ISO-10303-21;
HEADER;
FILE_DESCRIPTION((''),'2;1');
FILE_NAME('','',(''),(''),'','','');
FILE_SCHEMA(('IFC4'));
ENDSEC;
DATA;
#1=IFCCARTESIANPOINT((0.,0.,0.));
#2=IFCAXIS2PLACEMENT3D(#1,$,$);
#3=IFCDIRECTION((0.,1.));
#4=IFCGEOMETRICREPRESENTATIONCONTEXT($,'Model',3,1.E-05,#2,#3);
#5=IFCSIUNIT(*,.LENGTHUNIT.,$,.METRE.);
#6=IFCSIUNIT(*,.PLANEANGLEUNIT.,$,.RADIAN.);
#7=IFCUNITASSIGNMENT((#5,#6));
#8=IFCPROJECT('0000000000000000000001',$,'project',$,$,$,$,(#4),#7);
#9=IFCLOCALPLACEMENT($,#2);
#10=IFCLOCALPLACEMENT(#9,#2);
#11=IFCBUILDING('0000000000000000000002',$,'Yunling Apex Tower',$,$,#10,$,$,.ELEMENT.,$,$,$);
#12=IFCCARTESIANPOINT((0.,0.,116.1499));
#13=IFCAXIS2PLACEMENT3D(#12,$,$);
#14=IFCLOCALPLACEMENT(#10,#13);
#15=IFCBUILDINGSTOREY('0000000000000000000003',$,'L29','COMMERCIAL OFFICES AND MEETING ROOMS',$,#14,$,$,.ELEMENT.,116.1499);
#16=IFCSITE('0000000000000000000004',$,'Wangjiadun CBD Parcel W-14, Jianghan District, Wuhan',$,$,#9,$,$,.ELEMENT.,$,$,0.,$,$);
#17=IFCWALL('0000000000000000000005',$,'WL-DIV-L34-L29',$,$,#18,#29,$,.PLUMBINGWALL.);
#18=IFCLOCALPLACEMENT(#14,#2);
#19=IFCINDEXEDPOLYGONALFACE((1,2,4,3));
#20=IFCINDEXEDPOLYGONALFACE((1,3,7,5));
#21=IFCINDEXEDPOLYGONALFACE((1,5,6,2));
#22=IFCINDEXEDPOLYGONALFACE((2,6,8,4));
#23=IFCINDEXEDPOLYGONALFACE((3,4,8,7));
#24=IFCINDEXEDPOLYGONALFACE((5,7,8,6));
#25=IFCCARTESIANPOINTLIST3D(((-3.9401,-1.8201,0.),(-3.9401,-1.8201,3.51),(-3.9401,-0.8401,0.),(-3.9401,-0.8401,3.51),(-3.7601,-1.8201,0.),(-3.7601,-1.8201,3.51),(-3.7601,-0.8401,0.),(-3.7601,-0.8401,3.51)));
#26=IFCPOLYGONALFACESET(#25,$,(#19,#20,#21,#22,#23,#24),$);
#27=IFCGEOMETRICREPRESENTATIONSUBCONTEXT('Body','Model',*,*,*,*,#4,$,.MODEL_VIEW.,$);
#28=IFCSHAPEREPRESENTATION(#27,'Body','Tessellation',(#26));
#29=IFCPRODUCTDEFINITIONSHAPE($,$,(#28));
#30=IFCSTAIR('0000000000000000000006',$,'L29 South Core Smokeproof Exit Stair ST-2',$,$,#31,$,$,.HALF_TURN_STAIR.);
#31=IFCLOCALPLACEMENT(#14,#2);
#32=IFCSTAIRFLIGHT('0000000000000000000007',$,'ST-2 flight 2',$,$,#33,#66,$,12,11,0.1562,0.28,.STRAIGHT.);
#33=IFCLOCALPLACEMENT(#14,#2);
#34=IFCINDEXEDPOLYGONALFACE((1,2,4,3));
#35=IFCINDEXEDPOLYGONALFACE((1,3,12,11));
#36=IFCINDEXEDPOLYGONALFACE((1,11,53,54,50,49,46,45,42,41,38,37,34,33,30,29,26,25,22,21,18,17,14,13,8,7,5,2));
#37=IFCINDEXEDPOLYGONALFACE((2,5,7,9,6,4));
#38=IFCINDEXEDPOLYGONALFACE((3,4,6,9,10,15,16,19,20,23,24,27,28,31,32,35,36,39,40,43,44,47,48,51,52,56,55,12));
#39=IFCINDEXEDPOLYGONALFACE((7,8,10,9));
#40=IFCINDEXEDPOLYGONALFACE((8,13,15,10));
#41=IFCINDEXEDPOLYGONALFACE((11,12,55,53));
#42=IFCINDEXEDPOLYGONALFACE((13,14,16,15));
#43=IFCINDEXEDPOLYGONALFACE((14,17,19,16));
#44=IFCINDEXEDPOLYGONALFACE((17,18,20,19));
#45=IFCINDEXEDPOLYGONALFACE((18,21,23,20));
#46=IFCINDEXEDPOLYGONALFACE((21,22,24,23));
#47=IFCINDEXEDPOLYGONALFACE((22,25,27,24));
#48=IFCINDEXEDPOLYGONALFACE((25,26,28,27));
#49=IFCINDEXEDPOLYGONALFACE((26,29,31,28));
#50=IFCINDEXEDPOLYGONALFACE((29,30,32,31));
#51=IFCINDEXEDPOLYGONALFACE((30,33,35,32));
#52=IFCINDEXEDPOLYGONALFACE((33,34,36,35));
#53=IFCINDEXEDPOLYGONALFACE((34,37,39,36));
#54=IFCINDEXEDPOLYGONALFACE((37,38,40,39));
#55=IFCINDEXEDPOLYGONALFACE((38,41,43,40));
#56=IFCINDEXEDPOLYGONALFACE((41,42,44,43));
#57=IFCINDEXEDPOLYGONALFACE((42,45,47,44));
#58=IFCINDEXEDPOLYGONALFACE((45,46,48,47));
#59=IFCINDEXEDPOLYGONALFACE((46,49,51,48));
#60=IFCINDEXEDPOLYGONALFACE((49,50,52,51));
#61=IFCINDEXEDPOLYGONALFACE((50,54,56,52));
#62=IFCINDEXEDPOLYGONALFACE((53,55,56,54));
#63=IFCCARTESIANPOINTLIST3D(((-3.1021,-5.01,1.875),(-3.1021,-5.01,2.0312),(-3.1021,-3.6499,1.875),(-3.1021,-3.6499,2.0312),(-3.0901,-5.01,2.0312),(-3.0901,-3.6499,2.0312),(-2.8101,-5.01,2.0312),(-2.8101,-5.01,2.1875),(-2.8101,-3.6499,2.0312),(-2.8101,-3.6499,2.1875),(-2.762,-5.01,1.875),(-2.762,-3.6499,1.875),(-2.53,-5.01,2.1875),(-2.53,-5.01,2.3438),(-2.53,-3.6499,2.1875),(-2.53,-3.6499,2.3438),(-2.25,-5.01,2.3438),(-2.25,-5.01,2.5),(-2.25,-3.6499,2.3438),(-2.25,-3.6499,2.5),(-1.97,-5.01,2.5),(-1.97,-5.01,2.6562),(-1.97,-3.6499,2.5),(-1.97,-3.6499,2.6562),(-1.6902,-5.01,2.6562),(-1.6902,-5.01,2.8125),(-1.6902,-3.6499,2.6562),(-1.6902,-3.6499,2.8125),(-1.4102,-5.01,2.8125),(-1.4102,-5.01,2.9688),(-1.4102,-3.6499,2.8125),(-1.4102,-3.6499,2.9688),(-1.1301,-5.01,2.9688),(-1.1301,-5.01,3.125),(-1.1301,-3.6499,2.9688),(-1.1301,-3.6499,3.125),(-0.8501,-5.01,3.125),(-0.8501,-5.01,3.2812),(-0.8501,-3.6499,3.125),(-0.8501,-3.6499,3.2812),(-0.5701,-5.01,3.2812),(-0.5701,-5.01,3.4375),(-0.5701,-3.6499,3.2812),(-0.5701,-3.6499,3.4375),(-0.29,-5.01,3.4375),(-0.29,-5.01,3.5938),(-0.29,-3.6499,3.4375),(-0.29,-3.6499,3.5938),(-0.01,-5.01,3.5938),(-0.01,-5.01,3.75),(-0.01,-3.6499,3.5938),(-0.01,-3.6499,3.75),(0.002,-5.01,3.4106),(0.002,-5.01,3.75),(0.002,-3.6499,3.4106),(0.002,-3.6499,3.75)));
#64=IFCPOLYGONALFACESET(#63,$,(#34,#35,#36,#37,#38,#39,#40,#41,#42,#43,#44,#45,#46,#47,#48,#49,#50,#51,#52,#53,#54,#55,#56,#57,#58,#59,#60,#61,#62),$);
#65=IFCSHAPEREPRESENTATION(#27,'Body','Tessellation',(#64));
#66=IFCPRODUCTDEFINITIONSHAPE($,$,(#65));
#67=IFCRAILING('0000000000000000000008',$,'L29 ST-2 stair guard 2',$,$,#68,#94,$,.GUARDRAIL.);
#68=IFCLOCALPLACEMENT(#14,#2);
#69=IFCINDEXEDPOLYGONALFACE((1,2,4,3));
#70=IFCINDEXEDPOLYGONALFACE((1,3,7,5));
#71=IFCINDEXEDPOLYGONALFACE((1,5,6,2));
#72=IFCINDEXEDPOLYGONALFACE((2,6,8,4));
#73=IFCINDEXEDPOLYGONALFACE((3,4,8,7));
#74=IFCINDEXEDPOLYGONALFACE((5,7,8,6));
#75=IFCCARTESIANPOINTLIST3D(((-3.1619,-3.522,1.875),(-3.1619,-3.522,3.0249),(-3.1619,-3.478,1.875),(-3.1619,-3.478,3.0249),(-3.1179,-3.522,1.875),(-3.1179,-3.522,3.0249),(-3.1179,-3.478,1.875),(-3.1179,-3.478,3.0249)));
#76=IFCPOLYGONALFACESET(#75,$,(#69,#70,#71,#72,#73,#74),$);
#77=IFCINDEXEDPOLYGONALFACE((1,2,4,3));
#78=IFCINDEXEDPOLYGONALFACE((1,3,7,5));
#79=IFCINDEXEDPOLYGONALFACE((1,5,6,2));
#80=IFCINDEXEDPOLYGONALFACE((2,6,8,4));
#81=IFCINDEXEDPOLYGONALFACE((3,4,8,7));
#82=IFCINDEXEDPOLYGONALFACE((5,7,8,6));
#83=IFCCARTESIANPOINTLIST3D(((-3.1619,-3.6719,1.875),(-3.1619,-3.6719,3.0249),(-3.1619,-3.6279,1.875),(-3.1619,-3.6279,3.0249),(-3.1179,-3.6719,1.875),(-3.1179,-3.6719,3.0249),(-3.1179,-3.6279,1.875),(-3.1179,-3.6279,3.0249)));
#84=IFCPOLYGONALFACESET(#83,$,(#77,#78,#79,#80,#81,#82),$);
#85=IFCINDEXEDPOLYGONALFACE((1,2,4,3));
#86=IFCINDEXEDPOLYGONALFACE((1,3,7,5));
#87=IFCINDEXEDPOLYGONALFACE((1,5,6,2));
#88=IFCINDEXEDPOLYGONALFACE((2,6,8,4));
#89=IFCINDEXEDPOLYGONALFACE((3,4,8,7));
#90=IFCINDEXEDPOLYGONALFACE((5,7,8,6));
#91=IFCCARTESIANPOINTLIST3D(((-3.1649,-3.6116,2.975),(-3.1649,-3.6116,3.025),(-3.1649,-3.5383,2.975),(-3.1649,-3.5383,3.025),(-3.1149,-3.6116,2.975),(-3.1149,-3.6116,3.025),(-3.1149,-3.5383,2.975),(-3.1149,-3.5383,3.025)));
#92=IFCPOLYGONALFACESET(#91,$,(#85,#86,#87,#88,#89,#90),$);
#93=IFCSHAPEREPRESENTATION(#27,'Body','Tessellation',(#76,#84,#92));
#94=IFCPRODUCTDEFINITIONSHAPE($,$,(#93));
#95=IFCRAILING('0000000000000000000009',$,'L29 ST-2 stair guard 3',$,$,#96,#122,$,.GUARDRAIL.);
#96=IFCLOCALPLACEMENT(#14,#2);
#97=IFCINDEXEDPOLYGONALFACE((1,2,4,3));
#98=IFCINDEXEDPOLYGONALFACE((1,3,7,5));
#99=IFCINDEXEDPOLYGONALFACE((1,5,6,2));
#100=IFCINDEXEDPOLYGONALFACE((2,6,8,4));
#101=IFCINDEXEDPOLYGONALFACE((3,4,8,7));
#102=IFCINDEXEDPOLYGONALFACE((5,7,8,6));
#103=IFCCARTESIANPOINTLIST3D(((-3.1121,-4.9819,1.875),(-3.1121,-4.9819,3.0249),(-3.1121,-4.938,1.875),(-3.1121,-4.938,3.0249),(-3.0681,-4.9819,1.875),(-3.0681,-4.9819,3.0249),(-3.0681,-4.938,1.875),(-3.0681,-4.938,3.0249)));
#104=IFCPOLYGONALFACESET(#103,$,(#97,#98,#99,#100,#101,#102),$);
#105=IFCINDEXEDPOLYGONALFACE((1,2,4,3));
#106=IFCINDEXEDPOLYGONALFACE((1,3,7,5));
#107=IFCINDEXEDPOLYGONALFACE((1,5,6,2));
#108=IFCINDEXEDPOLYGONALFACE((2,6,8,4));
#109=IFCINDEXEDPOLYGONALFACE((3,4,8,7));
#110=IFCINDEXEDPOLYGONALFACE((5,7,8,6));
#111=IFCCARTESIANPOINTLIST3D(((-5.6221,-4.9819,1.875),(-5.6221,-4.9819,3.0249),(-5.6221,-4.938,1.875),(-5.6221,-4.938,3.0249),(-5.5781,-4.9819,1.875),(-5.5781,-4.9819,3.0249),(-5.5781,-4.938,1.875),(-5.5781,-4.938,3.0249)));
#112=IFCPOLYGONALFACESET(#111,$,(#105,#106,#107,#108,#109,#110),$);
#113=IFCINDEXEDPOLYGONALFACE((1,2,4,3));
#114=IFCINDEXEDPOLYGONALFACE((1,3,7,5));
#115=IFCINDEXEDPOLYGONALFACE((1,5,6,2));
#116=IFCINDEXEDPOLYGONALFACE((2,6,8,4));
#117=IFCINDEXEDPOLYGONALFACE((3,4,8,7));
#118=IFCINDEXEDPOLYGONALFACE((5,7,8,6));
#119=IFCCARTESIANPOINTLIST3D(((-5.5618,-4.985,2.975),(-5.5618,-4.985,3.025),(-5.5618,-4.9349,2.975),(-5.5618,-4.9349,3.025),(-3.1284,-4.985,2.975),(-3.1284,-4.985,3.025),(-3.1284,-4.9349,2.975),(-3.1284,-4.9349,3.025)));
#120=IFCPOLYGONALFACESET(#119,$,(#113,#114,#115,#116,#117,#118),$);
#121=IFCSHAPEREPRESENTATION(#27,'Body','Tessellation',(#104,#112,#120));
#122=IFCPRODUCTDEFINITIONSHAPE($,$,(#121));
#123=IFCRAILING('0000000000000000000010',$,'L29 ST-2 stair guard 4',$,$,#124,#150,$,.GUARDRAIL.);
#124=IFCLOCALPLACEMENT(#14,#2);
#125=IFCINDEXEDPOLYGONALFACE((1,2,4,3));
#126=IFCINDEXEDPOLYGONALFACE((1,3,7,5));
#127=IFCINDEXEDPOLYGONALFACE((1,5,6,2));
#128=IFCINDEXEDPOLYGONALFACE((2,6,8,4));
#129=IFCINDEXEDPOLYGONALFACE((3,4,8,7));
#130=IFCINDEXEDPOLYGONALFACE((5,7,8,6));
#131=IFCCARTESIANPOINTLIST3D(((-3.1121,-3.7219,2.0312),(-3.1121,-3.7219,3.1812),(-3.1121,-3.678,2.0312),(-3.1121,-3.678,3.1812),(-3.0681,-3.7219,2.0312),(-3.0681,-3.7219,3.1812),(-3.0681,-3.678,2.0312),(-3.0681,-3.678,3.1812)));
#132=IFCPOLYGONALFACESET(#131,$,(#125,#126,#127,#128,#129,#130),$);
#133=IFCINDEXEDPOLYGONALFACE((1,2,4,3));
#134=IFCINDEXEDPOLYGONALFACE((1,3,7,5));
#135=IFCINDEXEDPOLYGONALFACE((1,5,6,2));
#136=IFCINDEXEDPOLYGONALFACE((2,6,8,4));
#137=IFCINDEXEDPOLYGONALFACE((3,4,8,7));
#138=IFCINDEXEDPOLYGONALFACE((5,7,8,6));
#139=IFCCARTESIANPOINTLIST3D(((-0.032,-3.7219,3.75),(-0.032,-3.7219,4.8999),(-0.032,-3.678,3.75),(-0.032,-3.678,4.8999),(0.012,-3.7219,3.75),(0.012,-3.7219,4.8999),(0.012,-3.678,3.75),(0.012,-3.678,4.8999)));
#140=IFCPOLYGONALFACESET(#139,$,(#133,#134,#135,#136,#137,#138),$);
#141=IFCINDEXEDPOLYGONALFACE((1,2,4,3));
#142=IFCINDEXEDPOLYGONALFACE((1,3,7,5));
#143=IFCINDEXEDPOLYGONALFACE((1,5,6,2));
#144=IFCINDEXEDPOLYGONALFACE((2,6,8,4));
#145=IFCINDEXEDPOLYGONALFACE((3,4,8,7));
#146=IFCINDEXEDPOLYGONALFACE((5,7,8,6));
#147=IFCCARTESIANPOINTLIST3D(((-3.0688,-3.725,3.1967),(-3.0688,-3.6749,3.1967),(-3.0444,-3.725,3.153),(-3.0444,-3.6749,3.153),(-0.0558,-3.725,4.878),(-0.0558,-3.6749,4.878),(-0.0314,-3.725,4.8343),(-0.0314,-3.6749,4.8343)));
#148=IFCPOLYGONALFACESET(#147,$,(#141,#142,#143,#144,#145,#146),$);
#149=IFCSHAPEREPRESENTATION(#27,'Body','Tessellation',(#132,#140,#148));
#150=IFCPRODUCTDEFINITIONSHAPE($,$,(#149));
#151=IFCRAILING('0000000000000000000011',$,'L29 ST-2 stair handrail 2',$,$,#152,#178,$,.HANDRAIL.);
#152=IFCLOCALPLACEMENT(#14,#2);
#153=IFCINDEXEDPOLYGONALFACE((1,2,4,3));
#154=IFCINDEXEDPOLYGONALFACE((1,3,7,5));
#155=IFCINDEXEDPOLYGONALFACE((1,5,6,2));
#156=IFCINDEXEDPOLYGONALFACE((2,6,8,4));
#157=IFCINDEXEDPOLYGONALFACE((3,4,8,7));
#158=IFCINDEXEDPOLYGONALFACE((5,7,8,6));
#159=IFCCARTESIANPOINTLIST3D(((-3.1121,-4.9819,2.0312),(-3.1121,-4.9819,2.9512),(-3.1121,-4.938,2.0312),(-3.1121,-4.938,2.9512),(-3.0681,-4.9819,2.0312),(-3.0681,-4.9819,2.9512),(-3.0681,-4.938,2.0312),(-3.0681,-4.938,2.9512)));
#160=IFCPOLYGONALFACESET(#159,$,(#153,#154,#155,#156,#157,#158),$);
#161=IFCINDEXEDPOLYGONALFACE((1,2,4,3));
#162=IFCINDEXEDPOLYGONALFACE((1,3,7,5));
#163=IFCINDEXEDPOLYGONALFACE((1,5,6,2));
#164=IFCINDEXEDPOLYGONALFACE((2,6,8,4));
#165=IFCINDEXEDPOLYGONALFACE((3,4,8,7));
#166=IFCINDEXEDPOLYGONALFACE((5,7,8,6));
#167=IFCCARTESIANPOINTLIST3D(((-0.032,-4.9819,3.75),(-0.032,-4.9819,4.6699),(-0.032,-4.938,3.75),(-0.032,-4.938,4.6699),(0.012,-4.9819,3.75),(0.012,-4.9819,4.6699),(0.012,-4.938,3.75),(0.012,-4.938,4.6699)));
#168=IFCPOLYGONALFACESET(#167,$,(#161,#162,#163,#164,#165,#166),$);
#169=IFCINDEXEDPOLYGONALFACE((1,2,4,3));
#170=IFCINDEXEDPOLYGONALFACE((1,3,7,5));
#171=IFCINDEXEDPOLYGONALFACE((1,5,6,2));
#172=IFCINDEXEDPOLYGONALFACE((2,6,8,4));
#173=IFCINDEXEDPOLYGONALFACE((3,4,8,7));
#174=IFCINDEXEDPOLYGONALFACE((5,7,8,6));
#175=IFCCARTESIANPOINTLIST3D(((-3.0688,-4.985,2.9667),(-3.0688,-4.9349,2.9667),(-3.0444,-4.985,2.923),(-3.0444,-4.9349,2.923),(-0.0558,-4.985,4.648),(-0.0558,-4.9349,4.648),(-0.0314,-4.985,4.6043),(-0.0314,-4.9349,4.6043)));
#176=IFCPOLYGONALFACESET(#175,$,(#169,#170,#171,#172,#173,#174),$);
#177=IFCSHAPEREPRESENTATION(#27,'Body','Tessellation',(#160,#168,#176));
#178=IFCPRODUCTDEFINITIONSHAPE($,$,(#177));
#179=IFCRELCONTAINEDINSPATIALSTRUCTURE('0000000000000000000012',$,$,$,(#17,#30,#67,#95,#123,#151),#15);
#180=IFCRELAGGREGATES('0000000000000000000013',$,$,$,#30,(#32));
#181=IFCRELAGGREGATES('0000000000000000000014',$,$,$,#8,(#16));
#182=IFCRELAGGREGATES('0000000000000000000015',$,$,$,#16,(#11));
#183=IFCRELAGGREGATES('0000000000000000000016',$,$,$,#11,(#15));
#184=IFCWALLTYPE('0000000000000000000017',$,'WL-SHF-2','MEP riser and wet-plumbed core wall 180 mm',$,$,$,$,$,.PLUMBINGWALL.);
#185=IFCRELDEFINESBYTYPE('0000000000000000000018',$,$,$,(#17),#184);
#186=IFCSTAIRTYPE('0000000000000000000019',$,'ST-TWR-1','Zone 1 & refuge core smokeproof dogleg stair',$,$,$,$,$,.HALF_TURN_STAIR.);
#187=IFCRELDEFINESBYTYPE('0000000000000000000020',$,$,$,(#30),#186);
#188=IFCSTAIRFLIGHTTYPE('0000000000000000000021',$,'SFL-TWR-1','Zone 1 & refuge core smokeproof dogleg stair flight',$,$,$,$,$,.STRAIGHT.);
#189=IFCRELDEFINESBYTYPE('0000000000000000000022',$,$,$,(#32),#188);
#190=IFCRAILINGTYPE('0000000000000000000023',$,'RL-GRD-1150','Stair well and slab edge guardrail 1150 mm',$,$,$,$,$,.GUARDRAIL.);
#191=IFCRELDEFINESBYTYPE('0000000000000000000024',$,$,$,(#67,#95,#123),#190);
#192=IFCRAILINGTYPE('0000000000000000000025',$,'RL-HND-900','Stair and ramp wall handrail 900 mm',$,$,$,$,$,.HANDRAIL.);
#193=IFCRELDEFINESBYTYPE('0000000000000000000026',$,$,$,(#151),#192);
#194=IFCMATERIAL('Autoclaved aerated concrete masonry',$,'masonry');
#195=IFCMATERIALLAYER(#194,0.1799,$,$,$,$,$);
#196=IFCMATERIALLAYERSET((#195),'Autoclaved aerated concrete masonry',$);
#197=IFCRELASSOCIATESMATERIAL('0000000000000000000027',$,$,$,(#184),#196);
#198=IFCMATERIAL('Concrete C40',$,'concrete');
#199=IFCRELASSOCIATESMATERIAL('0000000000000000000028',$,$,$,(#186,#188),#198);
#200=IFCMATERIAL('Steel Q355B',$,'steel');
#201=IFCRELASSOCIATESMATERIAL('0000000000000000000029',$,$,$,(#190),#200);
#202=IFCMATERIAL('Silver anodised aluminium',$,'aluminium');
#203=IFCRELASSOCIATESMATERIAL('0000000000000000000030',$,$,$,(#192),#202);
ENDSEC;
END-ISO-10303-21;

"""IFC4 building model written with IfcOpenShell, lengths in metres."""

from ifc_helpers import new_model, si_unit, direction, frame, frame_2d, origin, origin_2d, place, context, subcontext, project, spatial, polyline, rectangle, outline, extrude, material, layer, layer_set, type_object, element, aggregate, save


model = new_model("IFC4")

# Units and contexts
model_context = context("Model", 3, precision=1e-05, world=origin(), true_north=direction((0.0, 1.0)))
body_context = subcontext(model_context, "Body", "Model", "MODEL_VIEW")
ifc_project = project(units=[si_unit("LENGTHUNIT", "METRE"), si_unit("PLANEANGLEUNIT", "RADIAN")], contexts=[model_context])

# Site, building, storey
site_placement = place(None, origin())
site = spatial("IfcSite", under=ifc_project, at=site_placement, Name="Wangjiadun CBD Parcel W-14, Jianghan District, Wuhan", CompositionType="ELEMENT", RefElevation=0.0)
building_placement = place(site_placement, origin())
building = spatial("IfcBuilding", under=site, at=building_placement, Name="Yunling Apex Tower", CompositionType="ELEMENT")
storey_placement = place(building_placement, frame((0.0, 0.0, 116.1499)))
storey = spatial("IfcBuildingStorey", under=building, at=storey_placement, Name="L29", Description="COMMERCIAL OFFICES AND MEETING ROOMS", CompositionType="ELEMENT", Elevation=116.1499)

# Shared definitions
ifc_material_1 = material(Name="Steel Q355B", Category="steel")

# Shared definitions
ifc_material_2 = material(Name="Concrete C40", Category="concrete")

# Shared definitions
ifc_material_3 = material(Name="Autoclaved aerated concrete masonry", Category="masonry")

# Wall
ifc_layer_1 = layer(ifc_material_3, 0.1799)
ifc_layer_set_1 = layer_set([ifc_layer_1], Name="Autoclaved aerated concrete masonry")
wall_type_1 = type_object("IfcWallType", Name="WL-SHF-2", Description="MEP riser and wet-plumbed core wall 180 mm", PredefinedType="PLUMBINGWALL", material=ifc_layer_set_1)
wall_1_placement = place(storey_placement, frame((-3.8501, -1.8201, 0.0), z_axis=(0.0, 0.0, 1.0), x_axis=(0.0, 1.0, 0.0)))
element("IfcWall", 1, at=wall_1_placement, inside=storey, type_object=wall_type_1, Name="WL-DIV-L34-L29", PredefinedType="PLUMBINGWALL", context=body_context, shape_type="SweptSolid", body=[
    extrude(rectangle(XDim=0.98, YDim=0.1799, at=frame_2d((0.49, 0.0))), origin(), (0.0, 0.0, 1.0), 3.51),
])

# Stair, stair flight
stair_type = type_object("IfcStairType", Name="ST-TWR-1", Description="Zone 1 & refuge core smokeproof dogleg stair", PredefinedType="HALF_TURN_STAIR", material=ifc_material_2)
stair_placement = place(storey_placement, origin())
stair = element("IfcStair", 2, at=stair_placement, inside=storey, type_object=stair_type, Name="L29 South Core Smokeproof Exit Stair ST-2", PredefinedType="HALF_TURN_STAIR")
stair_flight_type = type_object("IfcStairFlightType", Name="SFL-TWR-1", Description="Zone 1 & refuge core smokeproof dogleg stair flight", PredefinedType="STRAIGHT", material=ifc_material_2)
stair_flight_placement = place(storey_placement, frame((-3.0901, -4.3301, 1.875), z_axis=(0.0, 0.0, 1.0), x_axis=(1.0, 0.0, 0.0)))
stair_flight = element("IfcStairFlight", 3, at=stair_flight_placement, type_object=stair_flight_type, Name="ST-2 flight 2", NumberOfRisers=12, NumberOfTreads=11, PredefinedType="STRAIGHT", RiserHeight=0.1562, TreadLength=0.28, context=body_context, shape_type="SweptSolid", body=[
    extrude(outline(polyline([(-0.012, 0.0), (-0.012, 0.1562), (0.0, 0.1562), (0.28, 0.1562), (0.28, 0.3125), (0.5601, 0.3125), (0.5601, 0.4688), (0.8401, 0.4688), (0.8401, 0.625), (1.1201, 0.625), (1.1201, 0.7812), (1.3999, 0.7812), (1.3999, 0.9375), (1.6799, 0.9375), (1.6799, 1.0938), (1.96, 1.0938), (1.96, 1.25), (2.24, 1.25), (2.24, 1.4062), (2.52, 1.4062), (2.52, 1.5625), (2.8, 1.5625), (2.8, 1.7188), (3.0801, 1.7188), (3.0801, 1.875), (3.092, 1.875), (3.092, 1.5356), (0.3281, 0.0), (-0.012, 0.0)])), frame((0.0, 0.6802, 0.0), z_axis=(0.0, -1.0, 0.0), x_axis=(1.0, 0.0, 0.0)), (0.0, 0.0, 1.0), 1.3601),
])
aggregate(stair, [stair_flight])

# Railings
railing_type_1 = type_object("IfcRailingType", Name="RL-GRD-1150", Description="Stair well and slab edge guardrail 1150 mm", PredefinedType="GUARDRAIL", material=ifc_material_1)
railing_1_placement = place(storey_placement, frame((-3.1399, -3.5, 1.875)))
element("IfcRailing", 4, at=railing_1_placement, inside=storey, type_object=railing_type_1, Name="L29 ST-2 stair guard 2", PredefinedType="GUARDRAIL", context=body_context, shape_type="SweptSolid", body=[
    extrude(rectangle(XDim=0.0439, YDim=0.0439, at=origin_2d()), origin(), (0.0, 0.0, 1.0), 1.1499),
    extrude(rectangle(XDim=0.0439, YDim=0.0439, at=origin_2d()), frame((0.0, -0.1499, 0.0)), (0.0, 0.0, 1.0), 1.1499),
    extrude(rectangle(XDim=0.05, YDim=0.05, at=origin_2d()), frame((0.0, -0.0383, 1.125), z_axis=(0.0, -1.0, 0.0), x_axis=(1.0, 0.0, 0.0)), (0.0, 0.0, 1.0), 0.0732),
])
railing_2_placement = place(storey_placement, frame((-3.0901, -4.96, 1.875)))
element("IfcRailing", 5, at=railing_2_placement, inside=storey, type_object=railing_type_1, Name="L29 ST-2 stair guard 3", PredefinedType="GUARDRAIL", context=body_context, shape_type="SweptSolid", body=[
    extrude(rectangle(XDim=0.0439, YDim=0.0439, at=origin_2d()), origin(), (0.0, 0.0, 1.0), 1.1499),
    extrude(rectangle(XDim=0.0439, YDim=0.0439, at=origin_2d()), frame((-2.51, 0.0, 0.0)), (0.0, 0.0, 1.0), 1.1499),
    extrude(rectangle(XDim=0.05, YDim=0.05, at=origin_2d()), frame((-0.0383, 0.0, 1.125), z_axis=(-1.0, 0.0, 0.0), x_axis=(0.0, -1.0, 0.0)), (0.0, 0.0, 1.0), 2.4333),
])
railing_3_placement = place(storey_placement, frame((-3.0901, -3.7, 2.0312)))
element("IfcRailing", 6, at=railing_3_placement, inside=storey, type_object=railing_type_1, Name="L29 ST-2 stair guard 4", PredefinedType="GUARDRAIL", context=body_context, shape_type="SweptSolid", body=[
    extrude(rectangle(XDim=0.0439, YDim=0.0439, at=origin_2d()), origin(), (0.0, 0.0, 1.0), 1.1499),
    extrude(rectangle(XDim=0.0439, YDim=0.0439, at=origin_2d()), frame((3.0801, 0.0, 1.7188)), (0.0, 0.0, 1.0), 1.1499),
    extrude(rectangle(XDim=0.05, YDim=0.05, at=origin_2d()), frame((0.0334, 0.0, 1.1436), z_axis=(0.873242, 0.0, 0.487288), x_axis=(0.0, 1.0, 0.0)), (0.0, 0.0, 1.0), 3.4504),
])
ifc_material_4 = material(Name="Silver anodised aluminium", Category="aluminium")
railing_type_2 = type_object("IfcRailingType", Name="RL-HND-900", Description="Stair and ramp wall handrail 900 mm", PredefinedType="HANDRAIL", material=ifc_material_4)
railing_4_placement = place(storey_placement, frame((-3.0901, -4.96, 2.0312)))
element("IfcRailing", 7, at=railing_4_placement, inside=storey, type_object=railing_type_2, Name="L29 ST-2 stair handrail 2", PredefinedType="HANDRAIL", context=body_context, shape_type="SweptSolid", body=[
    extrude(rectangle(XDim=0.0439, YDim=0.0439, at=origin_2d()), origin(), (0.0, 0.0, 1.0), 0.9199),
    extrude(rectangle(XDim=0.0439, YDim=0.0439, at=origin_2d()), frame((3.0801, 0.0, 1.7188)), (0.0, 0.0, 1.0), 0.9199),
    extrude(rectangle(XDim=0.05, YDim=0.05, at=origin_2d()), frame((0.0334, 0.0, 0.9136), z_axis=(0.873242, 0.0, 0.487288), x_axis=(0.0, 1.0, 0.0)), (0.0, 0.0, 1.0), 3.4504),
])

save(model, "model.ifc")
